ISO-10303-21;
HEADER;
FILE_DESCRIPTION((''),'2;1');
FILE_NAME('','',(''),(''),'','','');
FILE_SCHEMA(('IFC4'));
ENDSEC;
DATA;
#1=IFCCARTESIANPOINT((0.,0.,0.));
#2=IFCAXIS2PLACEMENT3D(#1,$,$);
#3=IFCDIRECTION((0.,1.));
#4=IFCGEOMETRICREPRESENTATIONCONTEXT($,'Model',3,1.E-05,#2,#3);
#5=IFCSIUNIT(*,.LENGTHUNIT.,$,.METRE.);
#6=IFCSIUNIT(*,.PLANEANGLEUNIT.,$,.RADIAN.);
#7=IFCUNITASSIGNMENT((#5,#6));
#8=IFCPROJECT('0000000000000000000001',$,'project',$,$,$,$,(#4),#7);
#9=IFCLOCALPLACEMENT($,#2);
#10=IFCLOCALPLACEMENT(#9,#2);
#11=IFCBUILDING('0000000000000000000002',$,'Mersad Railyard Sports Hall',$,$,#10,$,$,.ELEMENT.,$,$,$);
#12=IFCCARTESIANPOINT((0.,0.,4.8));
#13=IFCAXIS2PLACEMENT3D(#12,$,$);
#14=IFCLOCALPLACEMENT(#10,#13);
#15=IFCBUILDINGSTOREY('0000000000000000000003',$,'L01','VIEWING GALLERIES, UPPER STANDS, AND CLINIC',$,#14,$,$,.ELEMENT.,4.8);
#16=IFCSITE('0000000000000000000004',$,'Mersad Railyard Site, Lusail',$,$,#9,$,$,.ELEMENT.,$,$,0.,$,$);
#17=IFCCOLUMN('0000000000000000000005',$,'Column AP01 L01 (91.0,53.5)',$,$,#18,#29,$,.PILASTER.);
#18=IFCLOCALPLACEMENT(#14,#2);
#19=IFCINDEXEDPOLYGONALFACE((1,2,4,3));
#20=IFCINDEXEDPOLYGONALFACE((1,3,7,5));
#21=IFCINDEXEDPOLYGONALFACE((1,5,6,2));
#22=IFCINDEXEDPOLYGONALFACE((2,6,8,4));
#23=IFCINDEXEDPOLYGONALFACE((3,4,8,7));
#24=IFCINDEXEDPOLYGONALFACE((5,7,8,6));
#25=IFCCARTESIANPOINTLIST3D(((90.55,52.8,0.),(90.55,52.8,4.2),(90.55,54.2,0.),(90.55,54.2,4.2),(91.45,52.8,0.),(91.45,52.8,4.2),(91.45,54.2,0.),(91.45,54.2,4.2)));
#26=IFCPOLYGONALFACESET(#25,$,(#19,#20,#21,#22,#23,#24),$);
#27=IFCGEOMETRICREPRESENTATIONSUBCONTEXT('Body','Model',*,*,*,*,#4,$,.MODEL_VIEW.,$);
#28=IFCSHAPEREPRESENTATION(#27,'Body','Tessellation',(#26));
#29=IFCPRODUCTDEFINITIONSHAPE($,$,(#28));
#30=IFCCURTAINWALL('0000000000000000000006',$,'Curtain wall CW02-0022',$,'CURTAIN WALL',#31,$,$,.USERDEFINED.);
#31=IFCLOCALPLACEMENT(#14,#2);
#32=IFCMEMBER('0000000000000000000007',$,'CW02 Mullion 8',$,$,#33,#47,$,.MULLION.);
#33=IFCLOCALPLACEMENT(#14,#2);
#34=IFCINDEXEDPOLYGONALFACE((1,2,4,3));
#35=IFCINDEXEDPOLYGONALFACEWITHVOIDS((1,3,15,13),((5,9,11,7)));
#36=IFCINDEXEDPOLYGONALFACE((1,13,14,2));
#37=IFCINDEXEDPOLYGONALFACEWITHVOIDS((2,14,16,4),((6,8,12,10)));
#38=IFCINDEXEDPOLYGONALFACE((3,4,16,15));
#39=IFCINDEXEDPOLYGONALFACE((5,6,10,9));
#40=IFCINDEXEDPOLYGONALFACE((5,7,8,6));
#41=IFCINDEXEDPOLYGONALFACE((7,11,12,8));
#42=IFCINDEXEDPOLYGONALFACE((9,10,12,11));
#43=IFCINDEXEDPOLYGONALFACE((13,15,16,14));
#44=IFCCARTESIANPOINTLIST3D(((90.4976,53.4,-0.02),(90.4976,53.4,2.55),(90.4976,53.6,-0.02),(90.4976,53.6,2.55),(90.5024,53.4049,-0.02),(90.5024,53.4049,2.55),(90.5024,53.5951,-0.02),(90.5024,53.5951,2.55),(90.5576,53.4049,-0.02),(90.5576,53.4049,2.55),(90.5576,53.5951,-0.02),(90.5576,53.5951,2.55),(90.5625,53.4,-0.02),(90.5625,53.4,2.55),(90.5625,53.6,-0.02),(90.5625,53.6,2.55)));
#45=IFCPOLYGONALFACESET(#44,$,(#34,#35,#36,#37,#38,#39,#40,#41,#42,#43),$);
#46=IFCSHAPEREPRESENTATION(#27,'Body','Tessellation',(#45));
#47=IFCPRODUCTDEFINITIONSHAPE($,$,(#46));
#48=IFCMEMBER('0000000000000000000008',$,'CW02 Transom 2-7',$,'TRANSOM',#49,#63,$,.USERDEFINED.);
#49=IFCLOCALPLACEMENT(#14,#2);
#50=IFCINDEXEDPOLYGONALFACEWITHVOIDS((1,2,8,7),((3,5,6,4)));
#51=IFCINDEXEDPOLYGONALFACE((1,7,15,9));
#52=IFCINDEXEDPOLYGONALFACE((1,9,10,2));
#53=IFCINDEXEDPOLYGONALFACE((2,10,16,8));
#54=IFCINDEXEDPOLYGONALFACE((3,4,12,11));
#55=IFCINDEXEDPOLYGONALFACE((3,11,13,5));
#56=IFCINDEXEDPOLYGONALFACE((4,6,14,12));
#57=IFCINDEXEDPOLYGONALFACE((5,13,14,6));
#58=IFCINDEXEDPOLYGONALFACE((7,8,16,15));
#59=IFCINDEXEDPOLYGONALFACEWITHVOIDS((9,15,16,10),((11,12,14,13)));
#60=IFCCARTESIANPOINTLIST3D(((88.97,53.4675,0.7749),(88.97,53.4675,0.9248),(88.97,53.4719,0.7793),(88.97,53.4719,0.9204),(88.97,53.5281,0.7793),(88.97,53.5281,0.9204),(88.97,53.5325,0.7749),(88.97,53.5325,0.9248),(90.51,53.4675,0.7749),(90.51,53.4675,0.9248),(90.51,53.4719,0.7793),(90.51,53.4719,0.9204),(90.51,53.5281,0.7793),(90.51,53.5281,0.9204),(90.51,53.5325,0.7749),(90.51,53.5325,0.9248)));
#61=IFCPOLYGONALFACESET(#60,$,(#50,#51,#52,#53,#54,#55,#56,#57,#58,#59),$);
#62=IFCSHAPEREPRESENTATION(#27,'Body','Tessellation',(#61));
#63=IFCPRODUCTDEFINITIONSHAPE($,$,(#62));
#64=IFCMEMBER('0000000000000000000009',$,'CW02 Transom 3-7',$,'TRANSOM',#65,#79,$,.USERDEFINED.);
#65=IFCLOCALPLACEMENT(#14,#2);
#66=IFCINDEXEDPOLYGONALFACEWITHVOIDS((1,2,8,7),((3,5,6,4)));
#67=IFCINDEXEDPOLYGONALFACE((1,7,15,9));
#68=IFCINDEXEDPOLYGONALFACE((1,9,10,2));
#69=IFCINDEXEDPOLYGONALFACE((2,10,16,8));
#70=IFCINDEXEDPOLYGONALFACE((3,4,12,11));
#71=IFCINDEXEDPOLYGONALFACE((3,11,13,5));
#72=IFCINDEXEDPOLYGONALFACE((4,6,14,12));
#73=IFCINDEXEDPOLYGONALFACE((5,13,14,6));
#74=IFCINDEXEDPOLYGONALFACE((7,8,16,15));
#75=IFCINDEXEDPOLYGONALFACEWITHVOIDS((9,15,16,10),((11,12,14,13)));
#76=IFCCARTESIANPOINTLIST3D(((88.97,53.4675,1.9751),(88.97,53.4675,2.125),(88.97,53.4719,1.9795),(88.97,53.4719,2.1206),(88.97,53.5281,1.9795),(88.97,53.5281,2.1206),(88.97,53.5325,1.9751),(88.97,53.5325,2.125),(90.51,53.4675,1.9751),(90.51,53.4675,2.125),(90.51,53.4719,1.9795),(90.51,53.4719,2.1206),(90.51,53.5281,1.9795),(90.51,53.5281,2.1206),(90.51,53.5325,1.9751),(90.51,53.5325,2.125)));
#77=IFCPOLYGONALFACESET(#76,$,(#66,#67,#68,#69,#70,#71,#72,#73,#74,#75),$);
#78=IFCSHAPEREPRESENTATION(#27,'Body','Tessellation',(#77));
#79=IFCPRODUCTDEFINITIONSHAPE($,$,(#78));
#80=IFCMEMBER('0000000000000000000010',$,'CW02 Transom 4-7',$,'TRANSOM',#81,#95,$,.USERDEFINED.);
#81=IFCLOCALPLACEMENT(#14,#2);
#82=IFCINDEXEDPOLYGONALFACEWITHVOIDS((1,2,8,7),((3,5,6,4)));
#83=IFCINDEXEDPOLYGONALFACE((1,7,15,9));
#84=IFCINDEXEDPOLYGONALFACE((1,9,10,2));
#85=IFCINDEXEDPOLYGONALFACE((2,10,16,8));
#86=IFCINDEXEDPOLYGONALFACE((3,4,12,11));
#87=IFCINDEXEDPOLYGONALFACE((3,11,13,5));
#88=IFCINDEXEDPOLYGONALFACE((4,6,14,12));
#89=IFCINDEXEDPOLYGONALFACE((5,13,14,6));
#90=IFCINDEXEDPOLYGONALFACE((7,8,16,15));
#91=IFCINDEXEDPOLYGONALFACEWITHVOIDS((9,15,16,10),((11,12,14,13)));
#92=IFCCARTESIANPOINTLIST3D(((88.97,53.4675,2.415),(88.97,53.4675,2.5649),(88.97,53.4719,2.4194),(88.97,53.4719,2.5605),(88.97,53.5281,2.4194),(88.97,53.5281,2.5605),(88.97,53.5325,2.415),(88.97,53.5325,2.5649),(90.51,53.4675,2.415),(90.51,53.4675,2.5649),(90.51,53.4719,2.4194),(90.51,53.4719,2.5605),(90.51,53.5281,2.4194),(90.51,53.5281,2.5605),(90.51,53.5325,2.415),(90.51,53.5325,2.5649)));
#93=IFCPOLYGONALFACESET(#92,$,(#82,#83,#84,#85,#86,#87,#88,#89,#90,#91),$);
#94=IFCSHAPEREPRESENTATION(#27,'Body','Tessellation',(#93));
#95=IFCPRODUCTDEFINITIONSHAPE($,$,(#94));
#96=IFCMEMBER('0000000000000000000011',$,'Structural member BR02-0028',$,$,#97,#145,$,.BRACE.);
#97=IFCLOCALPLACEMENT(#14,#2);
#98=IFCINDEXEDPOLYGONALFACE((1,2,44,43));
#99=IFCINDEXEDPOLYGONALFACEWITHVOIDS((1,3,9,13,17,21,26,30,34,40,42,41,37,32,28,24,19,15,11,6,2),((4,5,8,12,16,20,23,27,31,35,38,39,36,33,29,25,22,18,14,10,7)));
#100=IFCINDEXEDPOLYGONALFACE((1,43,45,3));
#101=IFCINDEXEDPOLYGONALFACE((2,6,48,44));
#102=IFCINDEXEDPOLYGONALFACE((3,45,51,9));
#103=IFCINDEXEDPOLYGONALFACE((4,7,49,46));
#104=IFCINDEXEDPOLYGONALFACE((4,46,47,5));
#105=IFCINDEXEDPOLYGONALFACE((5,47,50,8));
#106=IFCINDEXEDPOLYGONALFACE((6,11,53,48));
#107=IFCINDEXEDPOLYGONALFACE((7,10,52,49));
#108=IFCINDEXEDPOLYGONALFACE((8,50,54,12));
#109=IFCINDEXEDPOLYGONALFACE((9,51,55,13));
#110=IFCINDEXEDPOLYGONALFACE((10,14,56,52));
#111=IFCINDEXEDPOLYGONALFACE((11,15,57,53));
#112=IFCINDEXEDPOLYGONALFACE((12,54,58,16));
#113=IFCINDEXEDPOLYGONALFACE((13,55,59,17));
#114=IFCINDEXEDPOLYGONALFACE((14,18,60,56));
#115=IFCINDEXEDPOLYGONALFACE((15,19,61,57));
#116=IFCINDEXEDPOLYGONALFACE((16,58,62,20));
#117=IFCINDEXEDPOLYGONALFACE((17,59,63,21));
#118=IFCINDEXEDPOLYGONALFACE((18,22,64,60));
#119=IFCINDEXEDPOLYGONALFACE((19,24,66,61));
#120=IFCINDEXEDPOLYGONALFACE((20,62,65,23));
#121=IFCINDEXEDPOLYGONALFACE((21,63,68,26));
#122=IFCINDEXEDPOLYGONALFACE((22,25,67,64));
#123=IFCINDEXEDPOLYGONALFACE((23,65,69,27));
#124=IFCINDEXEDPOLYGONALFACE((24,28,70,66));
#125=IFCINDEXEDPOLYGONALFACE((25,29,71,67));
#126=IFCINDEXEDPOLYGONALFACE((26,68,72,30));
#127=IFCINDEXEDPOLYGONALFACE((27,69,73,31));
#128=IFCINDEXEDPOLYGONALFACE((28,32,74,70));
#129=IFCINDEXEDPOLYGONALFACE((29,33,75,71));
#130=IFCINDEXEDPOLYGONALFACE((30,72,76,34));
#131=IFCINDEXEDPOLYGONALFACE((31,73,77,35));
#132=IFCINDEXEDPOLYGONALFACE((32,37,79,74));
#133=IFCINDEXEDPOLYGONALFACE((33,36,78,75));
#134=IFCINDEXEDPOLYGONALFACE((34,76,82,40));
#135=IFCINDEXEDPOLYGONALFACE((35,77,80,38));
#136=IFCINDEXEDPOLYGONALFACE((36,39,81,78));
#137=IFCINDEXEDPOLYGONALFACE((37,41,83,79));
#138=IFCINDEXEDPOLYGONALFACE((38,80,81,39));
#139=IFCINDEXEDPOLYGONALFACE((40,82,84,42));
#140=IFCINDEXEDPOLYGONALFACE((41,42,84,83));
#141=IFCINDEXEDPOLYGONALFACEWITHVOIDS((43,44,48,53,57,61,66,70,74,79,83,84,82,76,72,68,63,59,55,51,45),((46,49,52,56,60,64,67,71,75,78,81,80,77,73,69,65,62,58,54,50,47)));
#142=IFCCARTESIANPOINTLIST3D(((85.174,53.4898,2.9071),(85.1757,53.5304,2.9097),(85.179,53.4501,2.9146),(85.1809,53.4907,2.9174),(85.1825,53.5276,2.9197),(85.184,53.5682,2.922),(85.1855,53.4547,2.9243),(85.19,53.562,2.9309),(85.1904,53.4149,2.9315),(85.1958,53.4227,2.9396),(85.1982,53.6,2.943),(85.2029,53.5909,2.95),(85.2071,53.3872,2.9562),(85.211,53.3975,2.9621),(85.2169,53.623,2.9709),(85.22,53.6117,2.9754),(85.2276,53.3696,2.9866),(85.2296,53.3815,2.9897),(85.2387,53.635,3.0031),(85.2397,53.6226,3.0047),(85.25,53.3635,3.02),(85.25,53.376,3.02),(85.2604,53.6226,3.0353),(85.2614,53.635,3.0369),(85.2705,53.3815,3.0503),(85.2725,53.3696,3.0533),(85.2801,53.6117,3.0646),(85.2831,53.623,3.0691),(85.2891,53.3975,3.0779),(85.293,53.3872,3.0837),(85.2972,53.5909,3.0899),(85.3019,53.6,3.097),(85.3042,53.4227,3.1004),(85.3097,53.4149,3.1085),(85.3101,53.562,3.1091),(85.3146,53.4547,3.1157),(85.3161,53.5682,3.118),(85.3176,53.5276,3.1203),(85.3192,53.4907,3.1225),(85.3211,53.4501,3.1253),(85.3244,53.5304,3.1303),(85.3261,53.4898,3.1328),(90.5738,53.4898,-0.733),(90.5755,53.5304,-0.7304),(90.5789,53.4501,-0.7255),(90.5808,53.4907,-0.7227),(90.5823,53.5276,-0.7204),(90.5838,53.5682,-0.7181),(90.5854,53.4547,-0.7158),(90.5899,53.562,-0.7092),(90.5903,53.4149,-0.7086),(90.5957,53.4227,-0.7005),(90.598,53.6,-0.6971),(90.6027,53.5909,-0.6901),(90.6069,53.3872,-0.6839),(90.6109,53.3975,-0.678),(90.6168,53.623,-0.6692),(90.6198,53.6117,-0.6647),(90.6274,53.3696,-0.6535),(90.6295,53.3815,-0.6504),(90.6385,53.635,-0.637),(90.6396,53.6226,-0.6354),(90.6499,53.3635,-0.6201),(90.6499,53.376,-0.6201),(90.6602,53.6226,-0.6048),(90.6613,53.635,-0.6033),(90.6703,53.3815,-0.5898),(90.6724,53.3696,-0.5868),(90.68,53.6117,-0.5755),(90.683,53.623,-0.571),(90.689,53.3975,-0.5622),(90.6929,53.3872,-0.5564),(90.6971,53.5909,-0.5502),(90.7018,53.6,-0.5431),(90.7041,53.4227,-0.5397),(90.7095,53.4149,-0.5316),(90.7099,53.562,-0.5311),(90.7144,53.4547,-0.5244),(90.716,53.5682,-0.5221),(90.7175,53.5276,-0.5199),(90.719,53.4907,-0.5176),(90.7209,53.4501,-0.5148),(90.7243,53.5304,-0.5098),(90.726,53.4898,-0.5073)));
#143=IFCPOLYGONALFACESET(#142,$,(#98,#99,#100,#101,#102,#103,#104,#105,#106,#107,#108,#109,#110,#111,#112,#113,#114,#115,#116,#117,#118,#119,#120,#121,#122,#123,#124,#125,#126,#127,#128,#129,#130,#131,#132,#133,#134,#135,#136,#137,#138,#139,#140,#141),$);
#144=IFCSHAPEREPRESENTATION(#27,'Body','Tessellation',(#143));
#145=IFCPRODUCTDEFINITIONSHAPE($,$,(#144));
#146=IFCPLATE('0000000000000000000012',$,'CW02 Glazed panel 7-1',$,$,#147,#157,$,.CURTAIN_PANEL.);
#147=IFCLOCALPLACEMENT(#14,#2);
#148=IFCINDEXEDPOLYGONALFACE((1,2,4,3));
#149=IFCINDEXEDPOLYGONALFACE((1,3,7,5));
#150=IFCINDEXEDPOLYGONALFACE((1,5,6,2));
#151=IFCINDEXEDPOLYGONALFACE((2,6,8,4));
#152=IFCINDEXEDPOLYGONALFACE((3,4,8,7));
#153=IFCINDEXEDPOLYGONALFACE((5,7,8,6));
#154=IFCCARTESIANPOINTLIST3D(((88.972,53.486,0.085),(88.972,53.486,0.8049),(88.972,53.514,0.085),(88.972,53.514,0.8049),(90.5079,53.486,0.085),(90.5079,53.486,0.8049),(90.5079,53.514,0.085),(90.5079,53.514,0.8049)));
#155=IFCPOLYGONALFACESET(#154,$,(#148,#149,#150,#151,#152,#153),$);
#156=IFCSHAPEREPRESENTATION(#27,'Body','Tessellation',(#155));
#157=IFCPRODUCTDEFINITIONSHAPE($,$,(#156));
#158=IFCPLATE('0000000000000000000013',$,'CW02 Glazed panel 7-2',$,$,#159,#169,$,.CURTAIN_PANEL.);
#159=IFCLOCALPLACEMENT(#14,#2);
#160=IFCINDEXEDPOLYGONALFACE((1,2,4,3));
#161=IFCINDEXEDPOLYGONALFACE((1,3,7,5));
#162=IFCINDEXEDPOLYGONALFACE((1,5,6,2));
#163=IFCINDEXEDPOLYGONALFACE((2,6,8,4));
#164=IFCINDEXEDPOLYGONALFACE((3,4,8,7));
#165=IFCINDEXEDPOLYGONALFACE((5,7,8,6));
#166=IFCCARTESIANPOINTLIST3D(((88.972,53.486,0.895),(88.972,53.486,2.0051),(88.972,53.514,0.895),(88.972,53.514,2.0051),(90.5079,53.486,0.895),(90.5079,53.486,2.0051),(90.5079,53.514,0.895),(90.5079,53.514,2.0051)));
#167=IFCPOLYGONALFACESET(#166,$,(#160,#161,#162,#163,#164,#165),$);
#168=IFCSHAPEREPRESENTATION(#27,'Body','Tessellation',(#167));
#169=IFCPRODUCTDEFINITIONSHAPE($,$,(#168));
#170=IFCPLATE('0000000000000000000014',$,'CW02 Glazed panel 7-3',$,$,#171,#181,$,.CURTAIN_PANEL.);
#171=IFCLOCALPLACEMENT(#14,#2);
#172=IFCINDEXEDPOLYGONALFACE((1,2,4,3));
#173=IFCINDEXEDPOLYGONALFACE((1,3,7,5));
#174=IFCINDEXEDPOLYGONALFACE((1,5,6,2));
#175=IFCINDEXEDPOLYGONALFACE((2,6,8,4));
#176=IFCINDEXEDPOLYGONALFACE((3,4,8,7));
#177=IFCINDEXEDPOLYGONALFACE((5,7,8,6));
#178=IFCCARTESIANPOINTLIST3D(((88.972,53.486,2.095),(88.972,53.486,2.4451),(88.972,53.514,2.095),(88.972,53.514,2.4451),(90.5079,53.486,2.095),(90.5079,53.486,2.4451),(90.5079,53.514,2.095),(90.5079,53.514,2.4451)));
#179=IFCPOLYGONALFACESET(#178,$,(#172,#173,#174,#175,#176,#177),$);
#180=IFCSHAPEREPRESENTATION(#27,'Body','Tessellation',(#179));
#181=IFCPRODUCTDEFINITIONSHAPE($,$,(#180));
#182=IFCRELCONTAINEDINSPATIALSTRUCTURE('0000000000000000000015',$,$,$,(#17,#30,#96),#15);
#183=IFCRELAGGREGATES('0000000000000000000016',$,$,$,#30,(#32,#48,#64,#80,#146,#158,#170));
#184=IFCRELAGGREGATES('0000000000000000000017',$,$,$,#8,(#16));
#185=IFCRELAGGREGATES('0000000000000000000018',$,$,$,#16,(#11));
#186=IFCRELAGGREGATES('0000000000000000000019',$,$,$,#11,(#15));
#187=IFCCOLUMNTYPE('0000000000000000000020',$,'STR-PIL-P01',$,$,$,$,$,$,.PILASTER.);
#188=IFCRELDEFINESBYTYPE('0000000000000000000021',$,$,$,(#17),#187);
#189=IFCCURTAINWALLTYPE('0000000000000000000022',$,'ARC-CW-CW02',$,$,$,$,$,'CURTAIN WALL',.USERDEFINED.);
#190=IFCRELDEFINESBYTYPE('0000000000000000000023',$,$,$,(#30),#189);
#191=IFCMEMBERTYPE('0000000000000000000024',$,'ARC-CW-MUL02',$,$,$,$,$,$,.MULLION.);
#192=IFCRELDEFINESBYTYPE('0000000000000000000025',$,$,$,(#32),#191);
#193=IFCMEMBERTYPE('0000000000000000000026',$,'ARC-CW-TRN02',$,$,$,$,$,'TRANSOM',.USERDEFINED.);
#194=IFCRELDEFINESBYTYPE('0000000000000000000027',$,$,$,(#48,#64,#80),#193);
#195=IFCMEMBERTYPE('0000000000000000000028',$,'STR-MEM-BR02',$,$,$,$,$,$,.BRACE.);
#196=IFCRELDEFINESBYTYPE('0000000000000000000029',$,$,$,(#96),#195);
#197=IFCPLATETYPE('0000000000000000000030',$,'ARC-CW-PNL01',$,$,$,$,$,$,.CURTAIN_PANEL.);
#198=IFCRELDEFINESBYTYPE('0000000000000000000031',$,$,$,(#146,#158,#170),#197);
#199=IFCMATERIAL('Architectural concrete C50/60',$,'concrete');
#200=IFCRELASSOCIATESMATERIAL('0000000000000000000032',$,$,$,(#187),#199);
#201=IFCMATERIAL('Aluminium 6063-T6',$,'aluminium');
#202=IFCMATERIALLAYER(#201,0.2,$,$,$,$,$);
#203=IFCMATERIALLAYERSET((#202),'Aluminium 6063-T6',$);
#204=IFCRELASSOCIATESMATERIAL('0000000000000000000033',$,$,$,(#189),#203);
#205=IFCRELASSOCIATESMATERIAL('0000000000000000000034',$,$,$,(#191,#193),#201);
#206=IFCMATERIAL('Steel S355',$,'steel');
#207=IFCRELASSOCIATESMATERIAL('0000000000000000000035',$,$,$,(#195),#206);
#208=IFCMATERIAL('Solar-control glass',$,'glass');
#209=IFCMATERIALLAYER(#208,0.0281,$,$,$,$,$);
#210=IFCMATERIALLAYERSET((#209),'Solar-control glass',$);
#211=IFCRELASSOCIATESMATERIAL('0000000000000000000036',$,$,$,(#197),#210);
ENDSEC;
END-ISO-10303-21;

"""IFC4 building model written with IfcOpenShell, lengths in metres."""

from ifc_helpers import new_model, si_unit, direction, frame, origin, origin_2d, place, context, subcontext, project, spatial, rectangle, hollow_rectangle, hollow_circle, extrude, material, layer, layer_set, material_profile, profile_set, type_object, element, aggregate, save


model = new_model("IFC4")

# Units and contexts
model_context = context("Model", 3, precision=1e-05, world=origin(), true_north=direction((0.0, 1.0)))
body_context = subcontext(model_context, "Body", "Model", "MODEL_VIEW")
ifc_project = project(units=[si_unit("LENGTHUNIT", "METRE"), si_unit("PLANEANGLEUNIT", "RADIAN")], contexts=[model_context])

# Site, building, storey
site_placement = place(None, origin())
site = spatial("IfcSite", under=ifc_project, at=site_placement, Name="Mersad Railyard Site, Lusail", CompositionType="ELEMENT", RefElevation=0.0)
building_placement = place(site_placement, origin())
building = spatial("IfcBuilding", under=site, at=building_placement, Name="Mersad Railyard Sports Hall", CompositionType="ELEMENT")
storey_placement = place(building_placement, frame((0.0, 0.0, 4.8)))
storey = spatial("IfcBuildingStorey", under=building, at=storey_placement, Name="L01", Description="VIEWING GALLERIES, UPPER STANDS, AND CLINIC", CompositionType="ELEMENT", Elevation=4.8)

# Column
ifc_material_1 = material(Name="Architectural concrete C50/60", Category="concrete")
ifc_material_profile_1 = material_profile(ifc_material_1, rectangle(XDim=0.8999, YDim=1.3999, at=origin_2d()), Name="RC 900x1400")
ifc_profile_set_1 = profile_set([ifc_material_profile_1], Name="Architectural concrete C50/60")
column_type = type_object("IfcColumnType", Name="STR-PIL-P01", PredefinedType="PILASTER", material=ifc_profile_set_1)
column_placement = place(storey_placement, frame((91.0, 53.5, 0.0), z_axis=(0.0, 0.0, 1.0), x_axis=(1.0, 0.0, 0.0)))
element("IfcColumn", 1, at=column_placement, inside=storey, type_object=column_type, Name="Column AP01 L01 (91.0,53.5)", PredefinedType="PILASTER", context=body_context, shape_type="SweptSolid", body=[
    extrude(rectangle(XDim=0.8999, YDim=1.3999, at=origin_2d()), origin(), (0.0, 0.0, 1.0), 4.2),
])

# Curtain wall, members
ifc_material_2 = material(Name="Aluminium 6063-T6", Category="aluminium")
ifc_layer_1 = layer(ifc_material_2, 0.2)
ifc_layer_set_1 = layer_set([ifc_layer_1], Name="Aluminium 6063-T6")
curtain_wall_type = type_object("IfcCurtainWallType", Name="ARC-CW-CW02", ElementType="CURTAIN WALL", PredefinedType="USERDEFINED", material=ifc_layer_set_1)
curtain_wall_placement = place(storey_placement, origin())
curtain_wall = element("IfcCurtainWall", 2, at=curtain_wall_placement, inside=storey, type_object=curtain_wall_type, Name="Curtain wall CW02-0022", ObjectType="CURTAIN WALL", PredefinedType="USERDEFINED")
ifc_material_profile_2 = material_profile(ifc_material_2, hollow_rectangle(XDim=0.0649, YDim=0.2, WallThickness=0.0049, at=origin_2d()), Name="AL MULLION 65x200x5")
ifc_profile_set_2 = profile_set([ifc_material_profile_2], Name="Aluminium 6063-T6")
member_type_1 = type_object("IfcMemberType", Name="ARC-CW-MUL02", PredefinedType="MULLION", material=ifc_profile_set_2)
member_1_placement = place(storey_placement, frame((90.53, 53.5, -0.02), z_axis=(0.0, 0.0, 1.0), x_axis=(1.0, 0.0, 0.0)))
member_1 = element("IfcMember", 3, at=member_1_placement, type_object=member_type_1, Name="CW02 Mullion 8", PredefinedType="MULLION", context=body_context, shape_type="SweptSolid", body=[
    extrude(hollow_rectangle(XDim=0.0649, YDim=0.2, WallThickness=0.0049, at=origin_2d()), origin(), (0.0, 0.0, 1.0), 2.5701),
])
ifc_material_profile_3 = material_profile(ifc_material_2, hollow_rectangle(XDim=0.0649, YDim=0.1499, WallThickness=0.0044, at=origin_2d()), Name="AL TRANSOM 65x150x4.5")
ifc_profile_set_3 = profile_set([ifc_material_profile_3], Name="Aluminium 6063-T6")
member_type_2 = type_object("IfcMemberType", Name="ARC-CW-TRN02", ElementType="TRANSOM", PredefinedType="USERDEFINED", material=ifc_profile_set_3)
member_2_placement = place(storey_placement, frame((88.97, 53.5, 0.8499), z_axis=(1.0, 0.0, 0.0), x_axis=(0.0, 1.0, 0.0)))
member_2 = element("IfcMember", 4, at=member_2_placement, type_object=member_type_2, Name="CW02 Transom 2-7", ObjectType="TRANSOM", PredefinedType="USERDEFINED", context=body_context, shape_type="SweptSolid", body=[
    extrude(hollow_rectangle(XDim=0.0649, YDim=0.1499, WallThickness=0.0044, at=origin_2d()), origin(), (0.0, 0.0, 1.0), 1.54),
])
member_3_placement = place(storey_placement, frame((88.97, 53.5, 2.05), z_axis=(1.0, 0.0, 0.0), x_axis=(0.0, 1.0, 0.0)))
member_3 = element("IfcMember", 5, at=member_3_placement, type_object=member_type_2, Name="CW02 Transom 3-7", ObjectType="TRANSOM", PredefinedType="USERDEFINED", context=body_context, shape_type="SweptSolid", body=[
    extrude(hollow_rectangle(XDim=0.0649, YDim=0.1499, WallThickness=0.0044, at=origin_2d()), origin(), (0.0, 0.0, 1.0), 1.54),
])
member_4_placement = place(storey_placement, frame((88.97, 53.5, 2.49), z_axis=(1.0, 0.0, 0.0), x_axis=(0.0, 1.0, 0.0)))
member_4 = element("IfcMember", 6, at=member_4_placement, type_object=member_type_2, Name="CW02 Transom 4-7", ObjectType="TRANSOM", PredefinedType="USERDEFINED", context=body_context, shape_type="SweptSolid", body=[
    extrude(hollow_rectangle(XDim=0.0649, YDim=0.1499, WallThickness=0.0044, at=origin_2d()), origin(), (0.0, 0.0, 1.0), 1.54),
])

# Member
ifc_material_3 = material(Name="Steel S355", Category="steel")
ifc_material_profile_4 = material_profile(ifc_material_3, hollow_circle(Radius=0.1365, WallThickness=0.0125, at=origin_2d()), Name="CHS 273x12.5")
ifc_profile_set_4 = profile_set([ifc_material_profile_4], Name="Steel S355")
member_type_3 = type_object("IfcMemberType", Name="STR-MEM-BR02", PredefinedType="BRACE", material=ifc_profile_set_4)
member_5_placement = place(storey_placement, frame((90.6499, 53.5, -0.6201), z_axis=(-0.82919, 0.0, 0.558967), x_axis=(0.0, -1.0, 0.0)))
element("IfcMember", 7, at=member_5_placement, inside=storey, type_object=member_type_3, Name="Structural member BR02-0028", PredefinedType="BRACE", context=body_context, shape_type="SweptSolid", body=[
    extrude(hollow_circle(Radius=0.1365, WallThickness=0.0125, at=origin_2d()), origin(), (0.0, 0.0, 1.0), 6.5122),
])

# Plates
ifc_material_4 = material(Name="Solar-control glass", Category="glass")
ifc_layer_2 = layer(ifc_material_4, 0.0281)
ifc_layer_set_2 = layer_set([ifc_layer_2], Name="Solar-control glass")
plate_type_1 = type_object("IfcPlateType", Name="ARC-CW-PNL01", PredefinedType="CURTAIN_PANEL", material=ifc_layer_set_2)
plate_1_placement = place(storey_placement, frame((89.74, 53.5, 0.085), z_axis=(0.0, 0.0, 1.0), x_axis=(1.0, 0.0, 0.0)))
plate_1 = element("IfcPlate", 8, at=plate_1_placement, type_object=plate_type_1, Name="CW02 Glazed panel 7-1", PredefinedType="CURTAIN_PANEL", context=body_context, shape_type="SweptSolid", body=[
    extrude(rectangle(XDim=1.5359, YDim=0.0281, at=origin_2d()), origin(), (0.0, 0.0, 1.0), 0.72),
])
plate_2_placement = place(storey_placement, frame((89.74, 53.5, 0.895), z_axis=(0.0, 0.0, 1.0), x_axis=(1.0, 0.0, 0.0)))
plate_2 = element("IfcPlate", 9, at=plate_2_placement, type_object=plate_type_1, Name="CW02 Glazed panel 7-2", PredefinedType="CURTAIN_PANEL", context=body_context, shape_type="SweptSolid", body=[
    extrude(rectangle(XDim=1.5359, YDim=0.0281, at=origin_2d()), origin(), (0.0, 0.0, 1.0), 1.1101),
])
plate_3_placement = place(storey_placement, frame((89.74, 53.5, 2.095), z_axis=(0.0, 0.0, 1.0), x_axis=(1.0, 0.0, 0.0)))
plate_3 = element("IfcPlate", 10, at=plate_3_placement, type_object=plate_type_1, Name="CW02 Glazed panel 7-3", PredefinedType="CURTAIN_PANEL", context=body_context, shape_type="SweptSolid", body=[
    extrude(rectangle(XDim=1.5359, YDim=0.0281, at=origin_2d()), origin(), (0.0, 0.0, 1.0), 0.3501),
])
aggregate(curtain_wall, [member_1, member_2, member_3, member_4, plate_1, plate_2, plate_3])

save(model, "model.ifc")
